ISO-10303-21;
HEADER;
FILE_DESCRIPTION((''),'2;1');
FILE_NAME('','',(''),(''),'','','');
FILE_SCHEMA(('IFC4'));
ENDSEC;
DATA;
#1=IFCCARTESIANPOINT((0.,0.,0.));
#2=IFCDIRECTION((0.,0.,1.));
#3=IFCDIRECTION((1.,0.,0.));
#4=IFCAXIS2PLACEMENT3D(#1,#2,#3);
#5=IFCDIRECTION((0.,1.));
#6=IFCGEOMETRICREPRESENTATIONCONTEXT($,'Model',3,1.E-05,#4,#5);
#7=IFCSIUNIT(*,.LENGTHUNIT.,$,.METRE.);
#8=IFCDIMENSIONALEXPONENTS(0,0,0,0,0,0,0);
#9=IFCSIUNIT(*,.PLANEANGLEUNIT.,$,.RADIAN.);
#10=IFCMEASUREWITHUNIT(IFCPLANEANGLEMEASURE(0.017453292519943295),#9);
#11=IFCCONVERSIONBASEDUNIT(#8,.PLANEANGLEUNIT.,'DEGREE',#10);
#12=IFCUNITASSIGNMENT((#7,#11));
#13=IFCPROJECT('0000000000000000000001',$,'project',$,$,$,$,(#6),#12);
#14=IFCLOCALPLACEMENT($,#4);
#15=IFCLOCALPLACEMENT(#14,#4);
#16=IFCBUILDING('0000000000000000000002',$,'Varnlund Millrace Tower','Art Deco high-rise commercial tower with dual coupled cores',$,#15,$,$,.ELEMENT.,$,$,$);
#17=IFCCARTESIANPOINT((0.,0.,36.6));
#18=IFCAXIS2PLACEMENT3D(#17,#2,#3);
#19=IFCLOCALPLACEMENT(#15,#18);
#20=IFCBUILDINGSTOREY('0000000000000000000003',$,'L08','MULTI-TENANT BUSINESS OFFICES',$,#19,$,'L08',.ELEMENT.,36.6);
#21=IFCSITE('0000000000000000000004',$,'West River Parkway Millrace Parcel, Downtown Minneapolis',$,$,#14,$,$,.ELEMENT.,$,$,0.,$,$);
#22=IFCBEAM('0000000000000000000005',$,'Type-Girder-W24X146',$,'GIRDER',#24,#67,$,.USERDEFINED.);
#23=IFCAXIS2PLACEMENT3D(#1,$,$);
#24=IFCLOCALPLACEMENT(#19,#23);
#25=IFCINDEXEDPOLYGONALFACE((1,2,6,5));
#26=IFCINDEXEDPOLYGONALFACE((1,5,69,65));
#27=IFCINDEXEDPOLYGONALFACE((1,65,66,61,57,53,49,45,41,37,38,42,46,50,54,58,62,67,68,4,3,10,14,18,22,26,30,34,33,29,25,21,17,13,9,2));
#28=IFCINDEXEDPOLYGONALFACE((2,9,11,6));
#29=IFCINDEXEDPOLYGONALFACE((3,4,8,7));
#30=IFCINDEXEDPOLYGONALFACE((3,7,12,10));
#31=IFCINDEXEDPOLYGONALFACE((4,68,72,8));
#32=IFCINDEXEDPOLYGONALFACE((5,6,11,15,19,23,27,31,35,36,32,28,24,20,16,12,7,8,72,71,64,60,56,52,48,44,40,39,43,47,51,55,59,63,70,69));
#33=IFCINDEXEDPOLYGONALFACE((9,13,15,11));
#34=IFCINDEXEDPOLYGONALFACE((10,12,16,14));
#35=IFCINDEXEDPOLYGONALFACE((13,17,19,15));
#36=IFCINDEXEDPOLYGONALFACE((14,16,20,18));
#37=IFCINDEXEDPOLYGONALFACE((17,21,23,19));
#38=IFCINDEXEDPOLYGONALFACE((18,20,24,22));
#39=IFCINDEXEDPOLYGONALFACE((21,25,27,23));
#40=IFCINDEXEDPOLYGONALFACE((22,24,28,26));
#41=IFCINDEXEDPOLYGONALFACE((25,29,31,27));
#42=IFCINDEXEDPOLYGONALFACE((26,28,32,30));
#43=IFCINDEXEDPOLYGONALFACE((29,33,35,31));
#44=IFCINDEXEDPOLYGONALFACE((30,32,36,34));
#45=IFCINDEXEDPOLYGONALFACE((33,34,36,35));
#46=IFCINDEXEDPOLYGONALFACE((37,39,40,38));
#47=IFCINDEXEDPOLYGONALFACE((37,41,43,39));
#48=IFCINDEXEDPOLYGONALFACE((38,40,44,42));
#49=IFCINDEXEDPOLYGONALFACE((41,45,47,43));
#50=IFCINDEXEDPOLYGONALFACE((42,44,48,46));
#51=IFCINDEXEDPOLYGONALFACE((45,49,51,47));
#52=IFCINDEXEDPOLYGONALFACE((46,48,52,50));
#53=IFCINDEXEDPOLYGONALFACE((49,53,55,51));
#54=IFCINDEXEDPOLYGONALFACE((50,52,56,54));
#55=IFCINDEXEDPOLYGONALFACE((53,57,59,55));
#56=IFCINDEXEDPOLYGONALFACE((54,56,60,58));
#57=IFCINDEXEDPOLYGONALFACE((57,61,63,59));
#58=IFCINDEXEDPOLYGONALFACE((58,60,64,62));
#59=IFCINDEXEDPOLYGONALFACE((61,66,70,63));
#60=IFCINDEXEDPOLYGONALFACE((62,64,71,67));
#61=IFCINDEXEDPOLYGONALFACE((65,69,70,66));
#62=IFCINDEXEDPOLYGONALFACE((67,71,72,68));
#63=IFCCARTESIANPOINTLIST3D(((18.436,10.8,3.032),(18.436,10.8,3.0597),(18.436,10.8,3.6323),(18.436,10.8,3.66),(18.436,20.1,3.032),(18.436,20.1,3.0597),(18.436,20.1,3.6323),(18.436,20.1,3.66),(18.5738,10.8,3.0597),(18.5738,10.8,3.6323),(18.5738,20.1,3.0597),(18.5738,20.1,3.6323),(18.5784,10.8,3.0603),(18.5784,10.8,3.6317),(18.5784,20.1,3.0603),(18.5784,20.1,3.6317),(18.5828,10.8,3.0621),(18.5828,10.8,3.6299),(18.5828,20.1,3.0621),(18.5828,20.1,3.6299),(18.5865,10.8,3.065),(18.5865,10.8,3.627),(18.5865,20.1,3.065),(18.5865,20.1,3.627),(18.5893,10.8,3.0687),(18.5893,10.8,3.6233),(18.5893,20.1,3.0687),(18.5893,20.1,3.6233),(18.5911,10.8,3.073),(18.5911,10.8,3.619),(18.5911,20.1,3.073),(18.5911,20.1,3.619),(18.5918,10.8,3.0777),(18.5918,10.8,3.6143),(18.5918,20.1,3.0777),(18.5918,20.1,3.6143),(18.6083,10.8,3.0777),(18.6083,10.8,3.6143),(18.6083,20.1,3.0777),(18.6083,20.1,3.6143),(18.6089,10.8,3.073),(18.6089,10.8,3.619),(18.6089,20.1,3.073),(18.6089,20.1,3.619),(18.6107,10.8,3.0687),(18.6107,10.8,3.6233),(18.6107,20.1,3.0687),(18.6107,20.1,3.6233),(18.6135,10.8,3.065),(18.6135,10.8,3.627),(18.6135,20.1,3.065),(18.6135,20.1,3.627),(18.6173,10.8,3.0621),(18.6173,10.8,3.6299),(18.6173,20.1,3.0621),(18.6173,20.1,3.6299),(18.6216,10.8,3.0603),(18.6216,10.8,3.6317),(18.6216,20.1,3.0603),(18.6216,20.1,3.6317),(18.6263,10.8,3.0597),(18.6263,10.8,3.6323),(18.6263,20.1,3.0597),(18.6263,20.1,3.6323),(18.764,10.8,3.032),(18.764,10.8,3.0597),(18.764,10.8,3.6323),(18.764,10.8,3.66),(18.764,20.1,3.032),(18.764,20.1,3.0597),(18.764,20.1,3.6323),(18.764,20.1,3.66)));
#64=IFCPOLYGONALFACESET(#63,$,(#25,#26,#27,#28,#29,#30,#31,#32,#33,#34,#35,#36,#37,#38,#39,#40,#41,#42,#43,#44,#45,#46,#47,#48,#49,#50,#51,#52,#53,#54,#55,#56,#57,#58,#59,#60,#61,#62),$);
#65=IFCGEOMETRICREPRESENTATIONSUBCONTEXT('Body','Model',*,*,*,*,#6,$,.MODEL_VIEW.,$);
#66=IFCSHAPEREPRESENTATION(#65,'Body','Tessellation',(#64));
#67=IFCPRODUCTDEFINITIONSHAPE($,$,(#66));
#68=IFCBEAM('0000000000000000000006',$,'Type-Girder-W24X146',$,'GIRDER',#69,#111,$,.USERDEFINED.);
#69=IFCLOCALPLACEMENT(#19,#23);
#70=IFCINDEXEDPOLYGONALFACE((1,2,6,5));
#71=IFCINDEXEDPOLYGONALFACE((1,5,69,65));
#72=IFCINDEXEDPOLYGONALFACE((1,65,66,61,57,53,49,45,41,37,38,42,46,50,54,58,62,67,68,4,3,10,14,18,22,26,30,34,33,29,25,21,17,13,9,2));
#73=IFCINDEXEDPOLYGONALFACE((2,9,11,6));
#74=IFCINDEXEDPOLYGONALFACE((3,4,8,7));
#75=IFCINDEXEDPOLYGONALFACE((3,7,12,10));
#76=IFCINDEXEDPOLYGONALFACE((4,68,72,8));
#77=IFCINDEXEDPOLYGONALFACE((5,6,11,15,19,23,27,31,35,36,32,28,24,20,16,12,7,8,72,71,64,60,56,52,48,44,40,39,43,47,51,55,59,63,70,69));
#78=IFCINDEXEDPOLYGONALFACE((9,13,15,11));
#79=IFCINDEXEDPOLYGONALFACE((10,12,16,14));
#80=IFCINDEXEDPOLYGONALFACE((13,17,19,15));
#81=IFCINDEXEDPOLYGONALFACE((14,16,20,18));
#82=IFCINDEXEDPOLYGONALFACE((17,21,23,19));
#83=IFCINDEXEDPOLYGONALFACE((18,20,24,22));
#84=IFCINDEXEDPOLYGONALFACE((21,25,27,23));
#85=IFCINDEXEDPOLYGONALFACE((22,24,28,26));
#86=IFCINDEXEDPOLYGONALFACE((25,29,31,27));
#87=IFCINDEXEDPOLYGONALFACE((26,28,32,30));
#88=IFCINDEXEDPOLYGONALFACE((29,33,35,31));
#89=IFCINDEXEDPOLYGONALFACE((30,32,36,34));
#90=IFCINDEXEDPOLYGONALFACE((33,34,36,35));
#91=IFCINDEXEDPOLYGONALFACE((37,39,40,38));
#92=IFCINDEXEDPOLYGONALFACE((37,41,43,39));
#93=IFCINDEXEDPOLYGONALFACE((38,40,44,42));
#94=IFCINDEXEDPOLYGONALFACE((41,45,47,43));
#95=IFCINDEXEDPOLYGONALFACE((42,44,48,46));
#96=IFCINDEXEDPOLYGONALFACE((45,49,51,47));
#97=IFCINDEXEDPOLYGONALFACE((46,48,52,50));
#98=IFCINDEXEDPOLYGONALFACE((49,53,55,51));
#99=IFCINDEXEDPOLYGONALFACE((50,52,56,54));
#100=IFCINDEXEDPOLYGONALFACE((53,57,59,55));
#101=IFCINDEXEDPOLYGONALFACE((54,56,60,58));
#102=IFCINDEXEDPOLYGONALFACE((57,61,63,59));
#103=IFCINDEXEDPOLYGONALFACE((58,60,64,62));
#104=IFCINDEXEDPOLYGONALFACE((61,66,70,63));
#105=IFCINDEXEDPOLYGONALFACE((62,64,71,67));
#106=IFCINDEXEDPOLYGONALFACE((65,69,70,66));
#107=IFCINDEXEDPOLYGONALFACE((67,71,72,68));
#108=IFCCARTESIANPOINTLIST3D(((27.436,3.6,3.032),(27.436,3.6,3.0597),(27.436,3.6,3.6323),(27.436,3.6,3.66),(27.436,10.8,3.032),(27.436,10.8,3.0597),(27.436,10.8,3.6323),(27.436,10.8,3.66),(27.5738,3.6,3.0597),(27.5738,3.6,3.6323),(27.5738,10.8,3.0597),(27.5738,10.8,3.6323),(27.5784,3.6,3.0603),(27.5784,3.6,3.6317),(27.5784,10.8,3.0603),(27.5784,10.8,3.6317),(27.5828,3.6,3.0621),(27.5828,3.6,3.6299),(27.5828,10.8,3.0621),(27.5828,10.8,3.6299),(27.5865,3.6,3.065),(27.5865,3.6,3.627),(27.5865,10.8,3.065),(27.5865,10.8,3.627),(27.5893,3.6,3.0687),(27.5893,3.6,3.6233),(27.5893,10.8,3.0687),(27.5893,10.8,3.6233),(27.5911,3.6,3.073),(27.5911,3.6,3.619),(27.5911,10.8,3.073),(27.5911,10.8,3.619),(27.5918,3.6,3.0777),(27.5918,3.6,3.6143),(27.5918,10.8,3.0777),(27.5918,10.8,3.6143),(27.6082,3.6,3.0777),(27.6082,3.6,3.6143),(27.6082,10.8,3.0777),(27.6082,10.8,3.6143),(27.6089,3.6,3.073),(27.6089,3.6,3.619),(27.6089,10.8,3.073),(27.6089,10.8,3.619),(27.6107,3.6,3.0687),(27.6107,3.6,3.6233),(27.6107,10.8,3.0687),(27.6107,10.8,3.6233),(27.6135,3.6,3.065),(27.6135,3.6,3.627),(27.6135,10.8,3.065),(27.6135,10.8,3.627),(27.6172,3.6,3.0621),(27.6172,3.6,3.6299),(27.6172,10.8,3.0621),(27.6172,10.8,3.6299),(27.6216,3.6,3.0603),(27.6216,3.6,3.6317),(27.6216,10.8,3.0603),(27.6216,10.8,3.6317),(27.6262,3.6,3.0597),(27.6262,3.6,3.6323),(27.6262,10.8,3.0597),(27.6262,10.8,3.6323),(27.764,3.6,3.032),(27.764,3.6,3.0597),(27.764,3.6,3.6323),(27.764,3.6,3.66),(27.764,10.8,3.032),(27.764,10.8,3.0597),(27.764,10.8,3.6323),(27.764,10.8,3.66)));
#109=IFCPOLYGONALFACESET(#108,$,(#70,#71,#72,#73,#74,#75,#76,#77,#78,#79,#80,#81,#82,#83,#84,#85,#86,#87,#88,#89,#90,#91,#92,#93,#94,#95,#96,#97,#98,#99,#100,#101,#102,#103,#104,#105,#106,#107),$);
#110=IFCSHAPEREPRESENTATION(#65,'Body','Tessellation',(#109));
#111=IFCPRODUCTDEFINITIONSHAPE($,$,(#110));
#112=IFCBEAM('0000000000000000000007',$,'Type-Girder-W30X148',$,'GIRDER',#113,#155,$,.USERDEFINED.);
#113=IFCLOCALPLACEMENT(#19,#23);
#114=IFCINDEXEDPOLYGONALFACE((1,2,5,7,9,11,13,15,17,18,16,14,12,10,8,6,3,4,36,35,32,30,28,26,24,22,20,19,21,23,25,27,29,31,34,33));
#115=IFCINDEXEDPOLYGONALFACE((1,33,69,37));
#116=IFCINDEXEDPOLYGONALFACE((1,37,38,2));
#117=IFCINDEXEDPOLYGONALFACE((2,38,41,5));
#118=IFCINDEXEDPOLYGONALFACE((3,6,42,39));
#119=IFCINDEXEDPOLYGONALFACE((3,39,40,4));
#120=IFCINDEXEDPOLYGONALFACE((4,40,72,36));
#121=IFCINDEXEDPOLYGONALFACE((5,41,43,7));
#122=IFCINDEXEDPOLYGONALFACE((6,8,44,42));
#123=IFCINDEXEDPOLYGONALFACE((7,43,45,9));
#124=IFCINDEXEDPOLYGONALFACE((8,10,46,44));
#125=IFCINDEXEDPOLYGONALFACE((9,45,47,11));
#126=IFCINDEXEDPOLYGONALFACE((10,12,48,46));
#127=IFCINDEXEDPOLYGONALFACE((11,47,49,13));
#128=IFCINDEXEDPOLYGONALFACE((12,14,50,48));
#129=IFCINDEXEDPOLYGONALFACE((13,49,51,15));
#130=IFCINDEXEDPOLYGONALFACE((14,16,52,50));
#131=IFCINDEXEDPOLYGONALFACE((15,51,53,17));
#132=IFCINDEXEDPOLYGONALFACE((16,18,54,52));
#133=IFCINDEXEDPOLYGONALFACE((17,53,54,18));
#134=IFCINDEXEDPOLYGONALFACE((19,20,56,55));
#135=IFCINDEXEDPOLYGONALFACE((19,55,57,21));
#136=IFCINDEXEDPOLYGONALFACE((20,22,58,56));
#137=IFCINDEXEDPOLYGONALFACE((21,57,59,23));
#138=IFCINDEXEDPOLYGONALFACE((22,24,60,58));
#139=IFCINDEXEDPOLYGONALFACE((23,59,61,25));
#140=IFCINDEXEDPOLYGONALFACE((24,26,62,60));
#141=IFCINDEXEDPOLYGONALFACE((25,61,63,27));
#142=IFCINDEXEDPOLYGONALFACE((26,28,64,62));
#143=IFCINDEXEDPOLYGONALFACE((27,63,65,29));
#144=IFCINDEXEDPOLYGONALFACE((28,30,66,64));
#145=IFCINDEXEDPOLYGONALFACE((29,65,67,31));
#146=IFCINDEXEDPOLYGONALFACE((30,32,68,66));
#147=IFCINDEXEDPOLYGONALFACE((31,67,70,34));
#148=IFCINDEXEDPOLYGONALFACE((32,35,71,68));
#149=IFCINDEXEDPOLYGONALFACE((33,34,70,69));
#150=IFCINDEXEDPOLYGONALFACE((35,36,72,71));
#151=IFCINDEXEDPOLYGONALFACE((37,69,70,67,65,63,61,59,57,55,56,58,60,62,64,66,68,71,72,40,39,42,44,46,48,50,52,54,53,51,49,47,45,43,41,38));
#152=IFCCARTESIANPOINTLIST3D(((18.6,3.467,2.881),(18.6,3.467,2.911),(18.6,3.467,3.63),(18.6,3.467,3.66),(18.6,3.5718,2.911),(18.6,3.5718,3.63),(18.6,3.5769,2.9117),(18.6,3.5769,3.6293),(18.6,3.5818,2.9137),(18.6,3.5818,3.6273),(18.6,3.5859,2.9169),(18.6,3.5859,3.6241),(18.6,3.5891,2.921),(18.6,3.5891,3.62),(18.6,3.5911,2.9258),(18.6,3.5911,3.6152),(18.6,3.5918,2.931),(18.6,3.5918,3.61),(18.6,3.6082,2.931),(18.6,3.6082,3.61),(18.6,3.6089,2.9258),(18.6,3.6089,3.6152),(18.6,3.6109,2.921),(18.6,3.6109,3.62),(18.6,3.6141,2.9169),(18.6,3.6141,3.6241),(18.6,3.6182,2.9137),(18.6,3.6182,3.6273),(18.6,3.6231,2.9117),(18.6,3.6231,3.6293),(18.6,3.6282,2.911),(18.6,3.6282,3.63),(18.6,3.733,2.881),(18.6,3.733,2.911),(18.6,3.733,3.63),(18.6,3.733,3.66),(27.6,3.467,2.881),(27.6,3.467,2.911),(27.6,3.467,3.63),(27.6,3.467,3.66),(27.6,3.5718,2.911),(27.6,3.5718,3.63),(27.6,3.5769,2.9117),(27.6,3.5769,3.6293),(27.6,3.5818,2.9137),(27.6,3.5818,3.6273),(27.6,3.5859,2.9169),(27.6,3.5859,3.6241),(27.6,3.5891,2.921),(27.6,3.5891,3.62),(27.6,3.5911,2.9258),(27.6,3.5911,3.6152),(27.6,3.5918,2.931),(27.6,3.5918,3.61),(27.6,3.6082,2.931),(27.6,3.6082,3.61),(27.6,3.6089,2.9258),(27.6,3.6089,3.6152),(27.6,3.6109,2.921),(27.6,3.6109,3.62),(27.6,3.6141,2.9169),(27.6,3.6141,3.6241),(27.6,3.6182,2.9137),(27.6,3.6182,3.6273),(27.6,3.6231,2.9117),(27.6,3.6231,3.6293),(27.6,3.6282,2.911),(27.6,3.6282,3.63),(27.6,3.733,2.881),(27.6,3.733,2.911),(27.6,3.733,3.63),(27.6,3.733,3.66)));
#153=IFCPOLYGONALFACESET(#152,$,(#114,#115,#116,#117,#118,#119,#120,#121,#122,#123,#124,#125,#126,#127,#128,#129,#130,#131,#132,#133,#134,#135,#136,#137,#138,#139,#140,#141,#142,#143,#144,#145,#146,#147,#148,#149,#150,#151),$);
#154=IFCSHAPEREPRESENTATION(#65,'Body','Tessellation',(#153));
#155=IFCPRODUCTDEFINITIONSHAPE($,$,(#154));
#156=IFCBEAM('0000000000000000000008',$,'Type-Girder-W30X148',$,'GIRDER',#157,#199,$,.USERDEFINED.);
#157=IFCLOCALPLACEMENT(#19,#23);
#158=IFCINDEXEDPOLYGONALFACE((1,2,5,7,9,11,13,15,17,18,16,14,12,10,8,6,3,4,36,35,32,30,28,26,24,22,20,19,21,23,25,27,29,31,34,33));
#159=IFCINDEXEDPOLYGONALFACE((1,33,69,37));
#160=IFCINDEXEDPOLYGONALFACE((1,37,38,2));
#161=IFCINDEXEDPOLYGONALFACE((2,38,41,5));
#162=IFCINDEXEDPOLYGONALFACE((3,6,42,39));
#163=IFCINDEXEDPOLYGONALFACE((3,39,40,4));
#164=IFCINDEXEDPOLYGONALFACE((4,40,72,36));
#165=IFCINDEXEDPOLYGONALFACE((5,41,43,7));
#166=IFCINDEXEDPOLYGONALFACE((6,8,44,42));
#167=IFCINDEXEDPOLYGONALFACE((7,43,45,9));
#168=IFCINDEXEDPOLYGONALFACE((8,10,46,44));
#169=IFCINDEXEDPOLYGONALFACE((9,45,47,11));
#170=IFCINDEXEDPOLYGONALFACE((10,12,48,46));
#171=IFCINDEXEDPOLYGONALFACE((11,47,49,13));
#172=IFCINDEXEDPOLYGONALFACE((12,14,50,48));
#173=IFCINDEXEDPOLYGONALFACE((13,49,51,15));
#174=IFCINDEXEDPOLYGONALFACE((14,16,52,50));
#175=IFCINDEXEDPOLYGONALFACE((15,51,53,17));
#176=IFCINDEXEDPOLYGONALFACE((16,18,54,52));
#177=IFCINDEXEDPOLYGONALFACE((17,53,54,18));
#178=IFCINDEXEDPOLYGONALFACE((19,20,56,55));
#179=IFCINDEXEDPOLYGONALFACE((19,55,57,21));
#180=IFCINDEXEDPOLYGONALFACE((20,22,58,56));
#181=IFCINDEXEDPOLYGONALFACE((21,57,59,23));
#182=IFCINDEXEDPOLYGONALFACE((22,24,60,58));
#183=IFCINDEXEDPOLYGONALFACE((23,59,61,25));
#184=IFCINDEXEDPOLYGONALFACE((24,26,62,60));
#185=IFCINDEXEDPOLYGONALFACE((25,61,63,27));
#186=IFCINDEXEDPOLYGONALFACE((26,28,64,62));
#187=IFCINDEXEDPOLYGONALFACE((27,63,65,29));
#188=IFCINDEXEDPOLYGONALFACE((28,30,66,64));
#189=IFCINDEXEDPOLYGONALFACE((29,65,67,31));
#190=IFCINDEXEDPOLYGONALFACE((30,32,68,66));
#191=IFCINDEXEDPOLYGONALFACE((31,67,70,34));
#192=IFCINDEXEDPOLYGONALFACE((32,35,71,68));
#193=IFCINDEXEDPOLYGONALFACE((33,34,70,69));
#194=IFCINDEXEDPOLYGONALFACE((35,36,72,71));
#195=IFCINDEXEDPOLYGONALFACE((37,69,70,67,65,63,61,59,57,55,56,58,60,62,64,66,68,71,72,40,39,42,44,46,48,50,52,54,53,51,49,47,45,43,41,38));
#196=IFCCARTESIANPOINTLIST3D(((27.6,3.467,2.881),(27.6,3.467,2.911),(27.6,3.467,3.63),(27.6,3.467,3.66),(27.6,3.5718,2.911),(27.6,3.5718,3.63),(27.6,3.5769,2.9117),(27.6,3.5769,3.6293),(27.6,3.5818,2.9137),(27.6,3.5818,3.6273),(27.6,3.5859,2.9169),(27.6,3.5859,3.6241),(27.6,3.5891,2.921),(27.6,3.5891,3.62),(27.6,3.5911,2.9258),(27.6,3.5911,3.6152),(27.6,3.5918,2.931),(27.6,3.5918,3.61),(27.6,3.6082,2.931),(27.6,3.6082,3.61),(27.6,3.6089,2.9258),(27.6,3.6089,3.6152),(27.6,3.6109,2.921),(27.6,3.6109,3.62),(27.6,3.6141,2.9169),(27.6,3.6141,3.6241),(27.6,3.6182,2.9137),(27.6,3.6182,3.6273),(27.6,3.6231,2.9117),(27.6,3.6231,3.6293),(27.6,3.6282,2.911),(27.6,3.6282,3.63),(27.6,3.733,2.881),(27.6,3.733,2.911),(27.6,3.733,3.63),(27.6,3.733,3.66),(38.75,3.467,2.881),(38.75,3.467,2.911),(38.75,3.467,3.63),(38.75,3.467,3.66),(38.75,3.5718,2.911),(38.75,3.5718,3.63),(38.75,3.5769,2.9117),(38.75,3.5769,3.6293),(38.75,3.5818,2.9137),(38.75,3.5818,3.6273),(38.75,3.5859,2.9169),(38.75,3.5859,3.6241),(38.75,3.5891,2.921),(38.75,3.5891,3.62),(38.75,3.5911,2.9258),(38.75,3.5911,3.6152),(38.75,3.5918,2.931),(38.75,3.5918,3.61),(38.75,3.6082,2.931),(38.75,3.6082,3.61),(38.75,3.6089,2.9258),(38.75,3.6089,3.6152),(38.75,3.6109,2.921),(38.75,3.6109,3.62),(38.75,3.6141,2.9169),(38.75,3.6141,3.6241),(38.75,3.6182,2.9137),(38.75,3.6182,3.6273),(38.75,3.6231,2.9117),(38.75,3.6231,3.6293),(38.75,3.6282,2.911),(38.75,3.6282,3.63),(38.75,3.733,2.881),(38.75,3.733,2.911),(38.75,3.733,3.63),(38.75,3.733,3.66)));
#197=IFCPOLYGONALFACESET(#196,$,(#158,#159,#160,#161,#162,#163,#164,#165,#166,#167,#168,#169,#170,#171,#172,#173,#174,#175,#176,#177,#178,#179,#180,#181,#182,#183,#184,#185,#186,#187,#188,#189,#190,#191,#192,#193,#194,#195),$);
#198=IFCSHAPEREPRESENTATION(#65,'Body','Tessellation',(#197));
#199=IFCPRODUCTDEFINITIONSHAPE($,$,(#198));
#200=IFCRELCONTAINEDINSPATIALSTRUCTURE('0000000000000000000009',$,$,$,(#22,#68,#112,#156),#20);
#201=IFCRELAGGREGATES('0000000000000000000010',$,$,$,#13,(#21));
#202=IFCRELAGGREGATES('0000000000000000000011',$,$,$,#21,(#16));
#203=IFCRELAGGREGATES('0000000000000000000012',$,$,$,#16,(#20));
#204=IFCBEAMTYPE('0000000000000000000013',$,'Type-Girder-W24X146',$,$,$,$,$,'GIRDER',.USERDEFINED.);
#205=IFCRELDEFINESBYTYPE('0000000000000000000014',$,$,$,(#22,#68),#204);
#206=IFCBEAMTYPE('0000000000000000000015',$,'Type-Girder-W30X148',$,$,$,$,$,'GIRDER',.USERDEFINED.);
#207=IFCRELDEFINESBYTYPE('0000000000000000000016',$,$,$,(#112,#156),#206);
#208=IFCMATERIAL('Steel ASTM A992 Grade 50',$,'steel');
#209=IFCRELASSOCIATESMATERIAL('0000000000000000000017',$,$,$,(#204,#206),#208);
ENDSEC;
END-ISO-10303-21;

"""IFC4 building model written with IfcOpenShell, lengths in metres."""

from ifc_helpers import new_model, entity, si_unit, converted_unit, direction, frame, origin_with_axes, origin_2d_with_axis, place, context, subcontext, project, spatial, i_section, extrude, material, material_profile, profile_set, type_object, element, save


model = new_model("IFC4")

# Units and contexts
model_context = context("Model", 3, precision=1e-05, world=origin_with_axes(), true_north=direction((0.0, 1.0)))
body_context = subcontext(model_context, "Body", "Model", "MODEL_VIEW")
ifc_project = project(units=[si_unit("LENGTHUNIT", "METRE"), converted_unit("PLANEANGLEUNIT", "DEGREE", entity("IfcPlaneAngleMeasure", 0.017453292519943295), si_unit("PLANEANGLEUNIT", "RADIAN"), dimensions=[0, 0, 0, 0, 0, 0, 0])], contexts=[model_context])

# Site, building, storey
site_placement = place(None, origin_with_axes())
site = spatial("IfcSite", under=ifc_project, at=site_placement, Name="West River Parkway Millrace Parcel, Downtown Minneapolis", CompositionType="ELEMENT", RefElevation=0.0)
building_placement = place(site_placement, origin_with_axes())
building = spatial("IfcBuilding", under=site, at=building_placement, Name="Varnlund Millrace Tower", Description="Art Deco high-rise commercial tower with dual coupled cores", CompositionType="ELEMENT")
storey_placement = place(building_placement, frame((0.0, 0.0, 36.6), z_axis=(0.0, 0.0, 1.0), x_axis=(1.0, 0.0, 0.0)))
storey = spatial("IfcBuildingStorey", under=building, at=storey_placement, Name="L08", Description="MULTI-TENANT BUSINESS OFFICES", LongName="L08", CompositionType="ELEMENT", Elevation=36.6)

# Beams
ifc_material_1 = material(Name="Steel ASTM A992 Grade 50", Category="steel")
ifc_material_profile_1 = material_profile(ifc_material_1, i_section(OverallWidth=0.328, OverallDepth=0.628, WebThickness=0.0165, FlangeThickness=0.0277, FilletRadius=0.018, at=origin_2d_with_axis()), Name="Steel ASTM A992 Grade 50")
ifc_profile_set_1 = profile_set([ifc_material_profile_1], Name="Steel ASTM A992 Grade 50")
beam_type_1 = type_object("IfcBeamType", Name="Type-Girder-W24X146", ElementType="GIRDER", PredefinedType="USERDEFINED", material=ifc_profile_set_1)
beam_1_placement = place(storey_placement, frame((18.6, 10.8, 3.346), z_axis=(0.0, 1.0, 0.0), x_axis=(-1.0, 0.0, 0.0)))
element("IfcBeam", 1, at=beam_1_placement, inside=storey, type_object=beam_type_1, Name="Type-Girder-W24X146", ObjectType="GIRDER", PredefinedType="USERDEFINED", context=body_context, shape_type="SweptSolid", body=[
    extrude(i_section(OverallWidth=0.328, OverallDepth=0.628, WebThickness=0.0165, FlangeThickness=0.0277, FilletRadius=0.018, at=origin_2d_with_axis()), origin_with_axes(), (0.0, 0.0, 1.0), 9.3),
])
beam_2_placement = place(storey_placement, frame((27.6, 3.6, 3.346), z_axis=(0.0, 1.0, 0.0), x_axis=(-1.0, 0.0, 0.0)))
element("IfcBeam", 2, at=beam_2_placement, inside=storey, type_object=beam_type_1, Name="Type-Girder-W24X146", ObjectType="GIRDER", PredefinedType="USERDEFINED", context=body_context, shape_type="SweptSolid", body=[
    extrude(i_section(OverallWidth=0.328, OverallDepth=0.628, WebThickness=0.0165, FlangeThickness=0.0277, FilletRadius=0.018, at=origin_2d_with_axis()), origin_with_axes(), (0.0, 0.0, 1.0), 7.2),
])
ifc_material_profile_2 = material_profile(ifc_material_1, i_section(OverallWidth=0.266, OverallDepth=0.779, WebThickness=0.0165, FlangeThickness=0.03, FilletRadius=0.02, at=origin_2d_with_axis()), Name="Steel ASTM A992 Grade 50")
ifc_profile_set_2 = profile_set([ifc_material_profile_2], Name="Steel ASTM A992 Grade 50")
beam_type_2 = type_object("IfcBeamType", Name="Type-Girder-W30X148", ElementType="GIRDER", PredefinedType="USERDEFINED", material=ifc_profile_set_2)
beam_3_placement = place(storey_placement, frame((18.6, 3.6, 3.2705), z_axis=(1.0, 0.0, 0.0), x_axis=(0.0, 1.0, 0.0)))
element("IfcBeam", 3, at=beam_3_placement, inside=storey, type_object=beam_type_2, Name="Type-Girder-W30X148", ObjectType="GIRDER", PredefinedType="USERDEFINED", context=body_context, shape_type="SweptSolid", body=[
    extrude(i_section(OverallWidth=0.266, OverallDepth=0.779, WebThickness=0.0165, FlangeThickness=0.03, FilletRadius=0.02, at=origin_2d_with_axis()), origin_with_axes(), (0.0, 0.0, 1.0), 9.0),
])
beam_4_placement = place(storey_placement, frame((27.6, 3.6, 3.2705), z_axis=(1.0, 0.0, 0.0), x_axis=(0.0, 1.0, 0.0)))
element("IfcBeam", 4, at=beam_4_placement, inside=storey, type_object=beam_type_2, Name="Type-Girder-W30X148", ObjectType="GIRDER", PredefinedType="USERDEFINED", context=body_context, shape_type="SweptSolid", body=[
    extrude(i_section(OverallWidth=0.266, OverallDepth=0.779, WebThickness=0.0165, FlangeThickness=0.03, FilletRadius=0.02, at=origin_2d_with_axis()), origin_with_axes(), (0.0, 0.0, 1.0), 11.15),
])

save(model, "model.ifc")
